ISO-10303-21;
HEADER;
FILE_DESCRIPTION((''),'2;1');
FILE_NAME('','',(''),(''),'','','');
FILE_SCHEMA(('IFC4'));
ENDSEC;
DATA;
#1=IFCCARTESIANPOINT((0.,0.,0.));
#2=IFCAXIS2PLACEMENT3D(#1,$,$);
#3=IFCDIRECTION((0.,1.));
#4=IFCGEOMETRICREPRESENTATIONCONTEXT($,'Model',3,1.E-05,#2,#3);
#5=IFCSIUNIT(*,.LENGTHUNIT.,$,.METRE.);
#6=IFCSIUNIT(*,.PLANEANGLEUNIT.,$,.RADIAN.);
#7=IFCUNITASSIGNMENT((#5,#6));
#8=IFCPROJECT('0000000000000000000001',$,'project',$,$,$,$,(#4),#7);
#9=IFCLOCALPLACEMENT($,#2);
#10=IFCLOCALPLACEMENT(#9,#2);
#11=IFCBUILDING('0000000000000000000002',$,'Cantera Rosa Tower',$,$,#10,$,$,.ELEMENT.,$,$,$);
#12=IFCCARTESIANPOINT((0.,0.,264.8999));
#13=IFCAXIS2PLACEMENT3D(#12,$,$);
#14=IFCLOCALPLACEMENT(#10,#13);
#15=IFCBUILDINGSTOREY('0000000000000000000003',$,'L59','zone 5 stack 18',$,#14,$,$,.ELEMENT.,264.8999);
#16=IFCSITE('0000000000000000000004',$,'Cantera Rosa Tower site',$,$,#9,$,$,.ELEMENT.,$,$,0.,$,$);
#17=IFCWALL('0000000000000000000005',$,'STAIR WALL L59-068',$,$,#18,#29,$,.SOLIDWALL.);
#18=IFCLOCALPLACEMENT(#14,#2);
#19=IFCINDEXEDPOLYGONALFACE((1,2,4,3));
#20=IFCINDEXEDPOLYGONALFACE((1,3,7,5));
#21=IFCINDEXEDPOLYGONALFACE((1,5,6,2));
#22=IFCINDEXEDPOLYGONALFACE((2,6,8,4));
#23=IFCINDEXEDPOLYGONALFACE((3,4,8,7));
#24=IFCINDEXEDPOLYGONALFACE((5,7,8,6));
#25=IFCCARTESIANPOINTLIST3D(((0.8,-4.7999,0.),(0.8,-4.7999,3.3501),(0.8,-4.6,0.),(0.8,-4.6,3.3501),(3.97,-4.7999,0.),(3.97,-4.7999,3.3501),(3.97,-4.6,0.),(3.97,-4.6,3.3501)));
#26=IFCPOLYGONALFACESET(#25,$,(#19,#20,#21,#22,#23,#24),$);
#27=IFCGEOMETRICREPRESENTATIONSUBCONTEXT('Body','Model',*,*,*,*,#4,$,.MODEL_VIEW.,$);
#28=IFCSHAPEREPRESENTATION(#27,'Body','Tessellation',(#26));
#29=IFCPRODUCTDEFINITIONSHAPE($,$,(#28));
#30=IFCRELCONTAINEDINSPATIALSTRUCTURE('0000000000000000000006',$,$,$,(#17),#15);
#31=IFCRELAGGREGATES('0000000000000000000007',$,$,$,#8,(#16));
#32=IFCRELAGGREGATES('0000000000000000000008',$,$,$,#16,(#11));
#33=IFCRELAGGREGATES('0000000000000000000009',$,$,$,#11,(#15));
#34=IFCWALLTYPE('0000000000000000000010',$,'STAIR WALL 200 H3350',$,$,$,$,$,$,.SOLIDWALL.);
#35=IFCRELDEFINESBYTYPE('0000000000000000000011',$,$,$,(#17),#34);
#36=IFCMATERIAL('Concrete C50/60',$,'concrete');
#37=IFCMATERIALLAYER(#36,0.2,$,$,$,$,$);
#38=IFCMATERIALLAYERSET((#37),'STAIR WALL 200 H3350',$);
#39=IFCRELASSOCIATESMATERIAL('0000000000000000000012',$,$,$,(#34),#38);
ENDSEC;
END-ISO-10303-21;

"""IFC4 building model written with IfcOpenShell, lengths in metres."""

from ifc_helpers import new_model, si_unit, direction, frame, frame_2d, origin, place, context, subcontext, project, spatial, rectangle, extrude, material, layer, layer_set, type_object, element, save


model = new_model("IFC4")

# Units and contexts
model_context = context("Model", 3, precision=1e-05, world=origin(), true_north=direction((0.0, 1.0)))
body_context = subcontext(model_context, "Body", "Model", "MODEL_VIEW")
ifc_project = project(units=[si_unit("LENGTHUNIT", "METRE"), si_unit("PLANEANGLEUNIT", "RADIAN")], contexts=[model_context])

# Site, building, storey
site_placement = place(None, origin())
site = spatial("IfcSite", under=ifc_project, at=site_placement, Name="Cantera Rosa Tower site", CompositionType="ELEMENT", RefElevation=0.0)
building_placement = place(site_placement, origin())
building = spatial("IfcBuilding", under=site, at=building_placement, Name="Cantera Rosa Tower", CompositionType="ELEMENT")
storey_placement = place(building_placement, frame((0.0, 0.0, 264.8999)))
storey = spatial("IfcBuildingStorey", under=building, at=storey_placement, Name="L59", Description="zone 5 stack 18", CompositionType="ELEMENT", Elevation=264.8999)

# Shared definitions
ifc_material_1 = material(Name="Concrete C50/60", Category="concrete")
ifc_layer_1 = layer(ifc_material_1, 0.2)
ifc_layer_set_1 = layer_set([ifc_layer_1], Name="STAIR WALL 200 H3350")
wall_type_1 = type_object("IfcWallType", Name="STAIR WALL 200 H3350", PredefinedType="SOLIDWALL", material=ifc_layer_set_1)

# Wall
wall_1_placement = place(storey_placement, frame((3.97, -4.7, 0.0), z_axis=(0.0, 0.0, 1.0), x_axis=(-1.0, 0.0, 0.0)))
element("IfcWall", 1, at=wall_1_placement, inside=storey, type_object=wall_type_1, Name="STAIR WALL L59-068", PredefinedType="SOLIDWALL", context=body_context, shape_type="SweptSolid", body=[
    extrude(rectangle(XDim=3.1699, YDim=0.2, at=frame_2d((1.585, 0.0))), origin(), (0.0, 0.0, 1.0), 3.3501),
])

save(model, "model.ifc")
